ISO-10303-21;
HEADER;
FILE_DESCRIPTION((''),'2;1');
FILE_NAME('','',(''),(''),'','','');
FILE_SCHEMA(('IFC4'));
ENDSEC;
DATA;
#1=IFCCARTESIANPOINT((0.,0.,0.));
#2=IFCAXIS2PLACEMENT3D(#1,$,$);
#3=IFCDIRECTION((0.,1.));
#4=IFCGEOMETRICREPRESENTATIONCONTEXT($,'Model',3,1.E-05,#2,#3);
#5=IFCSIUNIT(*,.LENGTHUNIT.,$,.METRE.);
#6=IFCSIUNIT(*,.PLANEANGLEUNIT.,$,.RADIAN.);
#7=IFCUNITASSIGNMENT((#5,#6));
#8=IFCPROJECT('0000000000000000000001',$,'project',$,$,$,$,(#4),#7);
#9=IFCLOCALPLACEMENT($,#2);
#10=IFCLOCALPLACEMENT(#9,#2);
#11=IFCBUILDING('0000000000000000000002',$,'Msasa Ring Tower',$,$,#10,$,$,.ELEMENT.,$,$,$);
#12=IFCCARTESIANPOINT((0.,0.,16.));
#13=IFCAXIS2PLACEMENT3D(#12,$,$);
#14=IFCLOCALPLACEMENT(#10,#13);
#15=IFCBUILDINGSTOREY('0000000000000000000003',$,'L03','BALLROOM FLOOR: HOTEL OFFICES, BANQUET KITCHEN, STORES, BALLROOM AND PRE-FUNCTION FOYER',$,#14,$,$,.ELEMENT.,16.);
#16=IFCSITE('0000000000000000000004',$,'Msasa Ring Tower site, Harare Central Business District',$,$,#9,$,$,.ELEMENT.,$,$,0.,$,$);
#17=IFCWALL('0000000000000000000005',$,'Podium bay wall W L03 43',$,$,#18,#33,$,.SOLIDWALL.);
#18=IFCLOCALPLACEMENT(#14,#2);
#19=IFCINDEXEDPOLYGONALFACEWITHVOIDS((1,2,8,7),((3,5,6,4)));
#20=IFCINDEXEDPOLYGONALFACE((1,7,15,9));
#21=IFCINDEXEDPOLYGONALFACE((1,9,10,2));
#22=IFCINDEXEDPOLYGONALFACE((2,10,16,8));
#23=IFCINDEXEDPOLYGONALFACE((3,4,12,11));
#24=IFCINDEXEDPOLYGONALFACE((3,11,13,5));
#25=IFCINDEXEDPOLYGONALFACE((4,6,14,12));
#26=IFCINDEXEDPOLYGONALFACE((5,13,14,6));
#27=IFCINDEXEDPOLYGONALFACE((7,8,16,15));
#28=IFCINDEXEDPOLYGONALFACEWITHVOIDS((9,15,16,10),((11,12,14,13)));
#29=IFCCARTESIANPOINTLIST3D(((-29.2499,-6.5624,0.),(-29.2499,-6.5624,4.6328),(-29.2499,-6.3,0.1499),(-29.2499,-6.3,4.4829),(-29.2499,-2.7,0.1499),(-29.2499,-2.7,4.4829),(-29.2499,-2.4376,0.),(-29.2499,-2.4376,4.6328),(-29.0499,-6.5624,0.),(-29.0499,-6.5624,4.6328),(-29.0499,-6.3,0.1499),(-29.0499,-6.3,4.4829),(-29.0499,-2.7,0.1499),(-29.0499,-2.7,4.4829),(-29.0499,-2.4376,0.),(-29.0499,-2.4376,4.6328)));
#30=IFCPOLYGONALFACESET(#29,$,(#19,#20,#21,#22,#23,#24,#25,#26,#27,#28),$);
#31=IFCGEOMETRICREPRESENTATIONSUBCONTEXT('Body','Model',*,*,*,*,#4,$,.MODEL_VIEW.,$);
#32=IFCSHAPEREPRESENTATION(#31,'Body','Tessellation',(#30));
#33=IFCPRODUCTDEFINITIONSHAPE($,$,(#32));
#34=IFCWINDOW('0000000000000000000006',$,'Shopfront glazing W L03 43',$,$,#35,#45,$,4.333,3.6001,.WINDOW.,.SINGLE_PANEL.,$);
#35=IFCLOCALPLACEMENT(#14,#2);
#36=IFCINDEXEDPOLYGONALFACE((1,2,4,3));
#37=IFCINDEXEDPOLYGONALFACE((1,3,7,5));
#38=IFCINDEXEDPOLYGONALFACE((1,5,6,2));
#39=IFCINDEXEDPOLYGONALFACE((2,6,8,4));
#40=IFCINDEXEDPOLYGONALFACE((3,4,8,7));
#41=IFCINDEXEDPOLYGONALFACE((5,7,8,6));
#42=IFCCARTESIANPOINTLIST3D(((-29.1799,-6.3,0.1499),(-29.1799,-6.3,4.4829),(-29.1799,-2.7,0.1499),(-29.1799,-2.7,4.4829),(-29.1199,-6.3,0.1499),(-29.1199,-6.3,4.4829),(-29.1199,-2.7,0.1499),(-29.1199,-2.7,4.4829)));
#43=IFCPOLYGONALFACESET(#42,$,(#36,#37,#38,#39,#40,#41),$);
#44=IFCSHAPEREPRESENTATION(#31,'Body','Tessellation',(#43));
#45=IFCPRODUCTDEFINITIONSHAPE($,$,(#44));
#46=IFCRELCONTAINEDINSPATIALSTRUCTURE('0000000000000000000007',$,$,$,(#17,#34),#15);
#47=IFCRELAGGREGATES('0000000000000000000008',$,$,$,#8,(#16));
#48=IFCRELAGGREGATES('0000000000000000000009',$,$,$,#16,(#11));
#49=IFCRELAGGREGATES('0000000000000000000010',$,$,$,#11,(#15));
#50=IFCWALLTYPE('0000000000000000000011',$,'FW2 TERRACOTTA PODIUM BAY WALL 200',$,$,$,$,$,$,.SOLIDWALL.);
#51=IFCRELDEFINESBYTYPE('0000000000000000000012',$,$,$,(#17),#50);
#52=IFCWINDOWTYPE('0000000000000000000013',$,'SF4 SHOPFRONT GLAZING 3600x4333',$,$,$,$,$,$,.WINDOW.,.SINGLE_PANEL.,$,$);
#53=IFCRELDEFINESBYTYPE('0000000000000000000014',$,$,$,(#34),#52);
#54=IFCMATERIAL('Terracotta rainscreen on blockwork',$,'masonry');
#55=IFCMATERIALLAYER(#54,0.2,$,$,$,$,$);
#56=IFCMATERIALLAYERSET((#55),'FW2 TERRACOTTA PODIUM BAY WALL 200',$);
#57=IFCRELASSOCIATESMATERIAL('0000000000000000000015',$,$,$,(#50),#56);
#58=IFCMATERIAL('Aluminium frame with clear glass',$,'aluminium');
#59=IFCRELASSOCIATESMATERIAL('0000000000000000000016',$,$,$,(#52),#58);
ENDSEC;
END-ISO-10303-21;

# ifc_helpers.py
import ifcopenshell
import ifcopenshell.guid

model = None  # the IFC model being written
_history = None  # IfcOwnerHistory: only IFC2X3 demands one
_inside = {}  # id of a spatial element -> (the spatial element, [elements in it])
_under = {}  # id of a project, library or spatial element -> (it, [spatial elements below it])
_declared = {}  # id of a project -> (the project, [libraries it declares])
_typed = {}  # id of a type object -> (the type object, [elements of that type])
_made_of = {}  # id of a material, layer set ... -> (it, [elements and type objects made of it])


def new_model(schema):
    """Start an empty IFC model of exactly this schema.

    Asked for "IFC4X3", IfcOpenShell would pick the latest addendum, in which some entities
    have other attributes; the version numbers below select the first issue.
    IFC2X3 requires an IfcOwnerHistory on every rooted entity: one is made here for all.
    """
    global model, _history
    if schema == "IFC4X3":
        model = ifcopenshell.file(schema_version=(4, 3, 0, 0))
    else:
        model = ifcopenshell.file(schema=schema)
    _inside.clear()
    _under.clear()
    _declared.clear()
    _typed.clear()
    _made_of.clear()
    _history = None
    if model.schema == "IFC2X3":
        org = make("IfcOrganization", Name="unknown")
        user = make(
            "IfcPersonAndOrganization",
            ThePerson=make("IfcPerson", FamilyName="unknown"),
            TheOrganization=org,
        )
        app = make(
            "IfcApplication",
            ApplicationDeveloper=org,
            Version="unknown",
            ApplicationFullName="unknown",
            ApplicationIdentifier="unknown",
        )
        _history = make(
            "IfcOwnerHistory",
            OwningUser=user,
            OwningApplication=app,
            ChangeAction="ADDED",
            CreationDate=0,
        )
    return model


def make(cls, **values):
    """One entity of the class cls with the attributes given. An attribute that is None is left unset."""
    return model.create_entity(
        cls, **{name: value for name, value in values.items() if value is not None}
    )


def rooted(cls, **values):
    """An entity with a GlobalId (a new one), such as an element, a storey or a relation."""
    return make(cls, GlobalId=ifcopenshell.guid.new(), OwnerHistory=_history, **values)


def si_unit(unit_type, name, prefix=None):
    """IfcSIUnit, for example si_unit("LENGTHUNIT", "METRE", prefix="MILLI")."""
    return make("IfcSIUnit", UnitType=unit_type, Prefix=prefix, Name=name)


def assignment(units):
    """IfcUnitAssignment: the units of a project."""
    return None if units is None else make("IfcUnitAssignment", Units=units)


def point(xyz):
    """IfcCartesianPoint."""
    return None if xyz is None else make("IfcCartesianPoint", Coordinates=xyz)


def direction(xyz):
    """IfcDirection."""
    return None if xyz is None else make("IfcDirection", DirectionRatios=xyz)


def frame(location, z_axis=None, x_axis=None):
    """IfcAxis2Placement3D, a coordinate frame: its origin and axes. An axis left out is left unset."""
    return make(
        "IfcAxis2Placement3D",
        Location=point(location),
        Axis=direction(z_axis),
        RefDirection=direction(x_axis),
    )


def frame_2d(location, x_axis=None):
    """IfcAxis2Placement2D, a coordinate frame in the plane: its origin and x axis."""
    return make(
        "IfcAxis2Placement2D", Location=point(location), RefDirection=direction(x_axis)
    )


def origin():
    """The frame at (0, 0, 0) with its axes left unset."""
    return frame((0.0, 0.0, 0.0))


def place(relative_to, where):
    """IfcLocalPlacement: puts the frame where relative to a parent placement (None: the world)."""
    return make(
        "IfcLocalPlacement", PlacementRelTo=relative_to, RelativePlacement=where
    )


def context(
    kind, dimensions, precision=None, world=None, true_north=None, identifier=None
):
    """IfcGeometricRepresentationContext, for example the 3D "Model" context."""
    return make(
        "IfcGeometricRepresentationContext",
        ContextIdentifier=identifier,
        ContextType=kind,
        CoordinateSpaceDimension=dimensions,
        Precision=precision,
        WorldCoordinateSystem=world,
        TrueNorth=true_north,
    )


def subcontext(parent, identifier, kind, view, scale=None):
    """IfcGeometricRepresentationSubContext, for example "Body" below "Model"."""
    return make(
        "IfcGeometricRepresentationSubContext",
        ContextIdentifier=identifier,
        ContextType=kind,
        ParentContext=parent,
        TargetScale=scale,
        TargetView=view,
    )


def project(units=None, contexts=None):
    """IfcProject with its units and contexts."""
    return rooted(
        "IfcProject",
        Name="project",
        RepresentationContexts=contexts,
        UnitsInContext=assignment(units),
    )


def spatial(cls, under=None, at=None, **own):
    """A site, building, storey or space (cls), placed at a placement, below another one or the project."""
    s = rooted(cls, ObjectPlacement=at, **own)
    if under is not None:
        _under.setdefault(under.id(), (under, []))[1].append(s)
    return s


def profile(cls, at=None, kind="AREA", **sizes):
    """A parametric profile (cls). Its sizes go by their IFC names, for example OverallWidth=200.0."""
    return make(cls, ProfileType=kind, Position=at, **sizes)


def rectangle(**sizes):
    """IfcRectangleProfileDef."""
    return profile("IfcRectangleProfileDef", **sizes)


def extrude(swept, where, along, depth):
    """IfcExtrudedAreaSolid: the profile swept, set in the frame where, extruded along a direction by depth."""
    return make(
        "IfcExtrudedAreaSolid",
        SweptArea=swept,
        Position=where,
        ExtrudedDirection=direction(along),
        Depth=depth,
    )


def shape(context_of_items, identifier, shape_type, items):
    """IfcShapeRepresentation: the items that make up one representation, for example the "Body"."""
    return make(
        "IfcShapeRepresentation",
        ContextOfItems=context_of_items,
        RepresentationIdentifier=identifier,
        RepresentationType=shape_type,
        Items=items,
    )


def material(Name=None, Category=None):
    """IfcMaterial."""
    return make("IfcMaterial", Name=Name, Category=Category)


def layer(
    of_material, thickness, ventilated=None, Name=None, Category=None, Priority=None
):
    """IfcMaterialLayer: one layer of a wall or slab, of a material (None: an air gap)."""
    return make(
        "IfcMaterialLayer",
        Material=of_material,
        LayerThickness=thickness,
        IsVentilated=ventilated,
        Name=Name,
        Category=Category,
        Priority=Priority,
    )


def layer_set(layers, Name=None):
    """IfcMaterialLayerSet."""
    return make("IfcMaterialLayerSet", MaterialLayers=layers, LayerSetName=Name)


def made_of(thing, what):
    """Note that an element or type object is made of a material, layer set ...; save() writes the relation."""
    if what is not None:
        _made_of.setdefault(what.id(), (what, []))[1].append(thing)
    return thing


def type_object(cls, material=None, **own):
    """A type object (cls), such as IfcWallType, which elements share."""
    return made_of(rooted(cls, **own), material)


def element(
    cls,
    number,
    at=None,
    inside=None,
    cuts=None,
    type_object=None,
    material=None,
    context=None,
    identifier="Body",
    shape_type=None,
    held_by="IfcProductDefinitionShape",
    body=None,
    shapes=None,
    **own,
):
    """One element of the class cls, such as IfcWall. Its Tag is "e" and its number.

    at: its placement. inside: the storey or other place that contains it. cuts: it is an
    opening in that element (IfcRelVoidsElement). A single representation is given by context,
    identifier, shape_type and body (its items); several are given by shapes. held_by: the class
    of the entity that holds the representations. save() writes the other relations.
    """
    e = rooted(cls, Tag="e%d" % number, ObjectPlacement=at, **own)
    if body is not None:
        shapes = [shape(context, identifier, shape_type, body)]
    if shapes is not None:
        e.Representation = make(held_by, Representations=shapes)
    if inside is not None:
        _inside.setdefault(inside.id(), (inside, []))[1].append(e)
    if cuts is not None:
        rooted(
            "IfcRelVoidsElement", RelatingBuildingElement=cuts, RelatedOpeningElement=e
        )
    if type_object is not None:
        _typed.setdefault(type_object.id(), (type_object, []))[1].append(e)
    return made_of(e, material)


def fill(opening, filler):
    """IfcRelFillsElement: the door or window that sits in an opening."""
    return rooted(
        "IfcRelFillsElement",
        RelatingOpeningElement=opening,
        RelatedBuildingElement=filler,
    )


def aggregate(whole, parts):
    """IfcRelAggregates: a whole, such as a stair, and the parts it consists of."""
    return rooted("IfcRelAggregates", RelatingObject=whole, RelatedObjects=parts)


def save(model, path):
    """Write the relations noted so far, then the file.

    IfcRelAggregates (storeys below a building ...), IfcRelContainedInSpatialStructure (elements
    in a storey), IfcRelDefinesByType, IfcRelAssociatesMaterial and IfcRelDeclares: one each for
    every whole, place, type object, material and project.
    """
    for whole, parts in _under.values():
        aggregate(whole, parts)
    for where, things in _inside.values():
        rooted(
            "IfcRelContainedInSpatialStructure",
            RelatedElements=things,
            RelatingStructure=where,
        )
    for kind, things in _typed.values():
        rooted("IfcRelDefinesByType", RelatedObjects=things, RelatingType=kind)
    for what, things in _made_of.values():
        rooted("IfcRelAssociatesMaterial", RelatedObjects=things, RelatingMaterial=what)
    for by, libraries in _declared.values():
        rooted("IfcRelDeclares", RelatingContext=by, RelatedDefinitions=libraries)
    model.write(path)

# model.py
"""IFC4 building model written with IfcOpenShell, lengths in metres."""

from ifc_helpers import new_model, si_unit, direction, frame, frame_2d, origin, place, context, subcontext, project, spatial, rectangle, extrude, material, layer, layer_set, type_object, element, fill, save


model = new_model("IFC4")

# Units and contexts
model_context = context("Model", 3, precision=1e-05, world=origin(), true_north=direction((0.0, 1.0)))
body_context = subcontext(model_context, "Body", "Model", "MODEL_VIEW")
ifc_project = project(units=[si_unit("LENGTHUNIT", "METRE"), si_unit("PLANEANGLEUNIT", "RADIAN")], contexts=[model_context])

# Site, building, storey
site_placement = place(None, origin())
site = spatial("IfcSite", under=ifc_project, at=site_placement, Name="Msasa Ring Tower site, Harare Central Business District", CompositionType="ELEMENT", RefElevation=0.0)
building_placement = place(site_placement, origin())
building = spatial("IfcBuilding", under=site, at=building_placement, Name="Msasa Ring Tower", CompositionType="ELEMENT")
storey_placement = place(building_placement, frame((0.0, 0.0, 16.0)))
storey = spatial("IfcBuildingStorey", under=building, at=storey_placement, Name="L03", Description="BALLROOM FLOOR: HOTEL OFFICES, BANQUET KITCHEN, STORES, BALLROOM AND PRE-FUNCTION FOYER", CompositionType="ELEMENT", Elevation=16.0)

# Wall, opening, window
ifc_material_1 = material(Name="Terracotta rainscreen on blockwork", Category="masonry")
ifc_layer = layer(ifc_material_1, 0.2)
ifc_layer_set = layer_set([ifc_layer], Name="FW2 TERRACOTTA PODIUM BAY WALL 200")
wall_type = type_object("IfcWallType", Name="FW2 TERRACOTTA PODIUM BAY WALL 200", PredefinedType="SOLIDWALL", material=ifc_layer_set)
wall_placement = place(storey_placement, frame((-29.1499, -6.5625, 0.0), z_axis=(0.0, 0.0, 1.0), x_axis=(0.0, 1.0, 0.0)))
wall = element("IfcWall", 1, at=wall_placement, inside=storey, type_object=wall_type, Name="Podium bay wall W L03 43", PredefinedType="SOLIDWALL", context=body_context, shape_type="SweptSolid", body=[
    extrude(rectangle(XDim=4.1248, YDim=0.2, at=frame_2d((2.0625, 0.0))), origin(), (0.0, 0.0, 1.0), 4.6328),
])
opening_placement = place(wall_placement, frame((0.2625, 0.0, 0.1499)))
opening = element("IfcOpeningElement", 2, at=opening_placement, cuts=wall, PredefinedType="OPENING", context=body_context, shape_type="SweptSolid", body=[
    extrude(rectangle(XDim=3.6001, YDim=4.333, at=frame_2d((1.8, 2.1665))), frame((0.0, 0.1099, 0.0), z_axis=(0.0, -1.0, 0.0), x_axis=(1.0, 0.0, 0.0)), (0.0, 0.0, 1.0), 0.22),
])
ifc_material_2 = material(Name="Aluminium frame with clear glass", Category="aluminium")
window_type = type_object("IfcWindowType", Name="SF4 SHOPFRONT GLAZING 3600x4333", PartitioningType="SINGLE_PANEL", PredefinedType="WINDOW", material=ifc_material_2)
window_placement = place(opening_placement, origin())
window = element("IfcWindow", 3, at=window_placement, inside=storey, type_object=window_type, Name="Shopfront glazing W L03 43", OverallHeight=4.333, OverallWidth=3.6001, PartitioningType="SINGLE_PANEL", PredefinedType="WINDOW", context=body_context, shape_type="SweptSolid", body=[
    extrude(rectangle(XDim=3.6001, YDim=4.333, at=frame_2d((1.8, 2.1665))), frame((0.0, 0.03, 0.0), z_axis=(0.0, -1.0, 0.0), x_axis=(1.0, 0.0, 0.0)), (0.0, 0.0, 1.0), 0.0601),
])
fill(opening, window)

save(model, "model.ifc")
